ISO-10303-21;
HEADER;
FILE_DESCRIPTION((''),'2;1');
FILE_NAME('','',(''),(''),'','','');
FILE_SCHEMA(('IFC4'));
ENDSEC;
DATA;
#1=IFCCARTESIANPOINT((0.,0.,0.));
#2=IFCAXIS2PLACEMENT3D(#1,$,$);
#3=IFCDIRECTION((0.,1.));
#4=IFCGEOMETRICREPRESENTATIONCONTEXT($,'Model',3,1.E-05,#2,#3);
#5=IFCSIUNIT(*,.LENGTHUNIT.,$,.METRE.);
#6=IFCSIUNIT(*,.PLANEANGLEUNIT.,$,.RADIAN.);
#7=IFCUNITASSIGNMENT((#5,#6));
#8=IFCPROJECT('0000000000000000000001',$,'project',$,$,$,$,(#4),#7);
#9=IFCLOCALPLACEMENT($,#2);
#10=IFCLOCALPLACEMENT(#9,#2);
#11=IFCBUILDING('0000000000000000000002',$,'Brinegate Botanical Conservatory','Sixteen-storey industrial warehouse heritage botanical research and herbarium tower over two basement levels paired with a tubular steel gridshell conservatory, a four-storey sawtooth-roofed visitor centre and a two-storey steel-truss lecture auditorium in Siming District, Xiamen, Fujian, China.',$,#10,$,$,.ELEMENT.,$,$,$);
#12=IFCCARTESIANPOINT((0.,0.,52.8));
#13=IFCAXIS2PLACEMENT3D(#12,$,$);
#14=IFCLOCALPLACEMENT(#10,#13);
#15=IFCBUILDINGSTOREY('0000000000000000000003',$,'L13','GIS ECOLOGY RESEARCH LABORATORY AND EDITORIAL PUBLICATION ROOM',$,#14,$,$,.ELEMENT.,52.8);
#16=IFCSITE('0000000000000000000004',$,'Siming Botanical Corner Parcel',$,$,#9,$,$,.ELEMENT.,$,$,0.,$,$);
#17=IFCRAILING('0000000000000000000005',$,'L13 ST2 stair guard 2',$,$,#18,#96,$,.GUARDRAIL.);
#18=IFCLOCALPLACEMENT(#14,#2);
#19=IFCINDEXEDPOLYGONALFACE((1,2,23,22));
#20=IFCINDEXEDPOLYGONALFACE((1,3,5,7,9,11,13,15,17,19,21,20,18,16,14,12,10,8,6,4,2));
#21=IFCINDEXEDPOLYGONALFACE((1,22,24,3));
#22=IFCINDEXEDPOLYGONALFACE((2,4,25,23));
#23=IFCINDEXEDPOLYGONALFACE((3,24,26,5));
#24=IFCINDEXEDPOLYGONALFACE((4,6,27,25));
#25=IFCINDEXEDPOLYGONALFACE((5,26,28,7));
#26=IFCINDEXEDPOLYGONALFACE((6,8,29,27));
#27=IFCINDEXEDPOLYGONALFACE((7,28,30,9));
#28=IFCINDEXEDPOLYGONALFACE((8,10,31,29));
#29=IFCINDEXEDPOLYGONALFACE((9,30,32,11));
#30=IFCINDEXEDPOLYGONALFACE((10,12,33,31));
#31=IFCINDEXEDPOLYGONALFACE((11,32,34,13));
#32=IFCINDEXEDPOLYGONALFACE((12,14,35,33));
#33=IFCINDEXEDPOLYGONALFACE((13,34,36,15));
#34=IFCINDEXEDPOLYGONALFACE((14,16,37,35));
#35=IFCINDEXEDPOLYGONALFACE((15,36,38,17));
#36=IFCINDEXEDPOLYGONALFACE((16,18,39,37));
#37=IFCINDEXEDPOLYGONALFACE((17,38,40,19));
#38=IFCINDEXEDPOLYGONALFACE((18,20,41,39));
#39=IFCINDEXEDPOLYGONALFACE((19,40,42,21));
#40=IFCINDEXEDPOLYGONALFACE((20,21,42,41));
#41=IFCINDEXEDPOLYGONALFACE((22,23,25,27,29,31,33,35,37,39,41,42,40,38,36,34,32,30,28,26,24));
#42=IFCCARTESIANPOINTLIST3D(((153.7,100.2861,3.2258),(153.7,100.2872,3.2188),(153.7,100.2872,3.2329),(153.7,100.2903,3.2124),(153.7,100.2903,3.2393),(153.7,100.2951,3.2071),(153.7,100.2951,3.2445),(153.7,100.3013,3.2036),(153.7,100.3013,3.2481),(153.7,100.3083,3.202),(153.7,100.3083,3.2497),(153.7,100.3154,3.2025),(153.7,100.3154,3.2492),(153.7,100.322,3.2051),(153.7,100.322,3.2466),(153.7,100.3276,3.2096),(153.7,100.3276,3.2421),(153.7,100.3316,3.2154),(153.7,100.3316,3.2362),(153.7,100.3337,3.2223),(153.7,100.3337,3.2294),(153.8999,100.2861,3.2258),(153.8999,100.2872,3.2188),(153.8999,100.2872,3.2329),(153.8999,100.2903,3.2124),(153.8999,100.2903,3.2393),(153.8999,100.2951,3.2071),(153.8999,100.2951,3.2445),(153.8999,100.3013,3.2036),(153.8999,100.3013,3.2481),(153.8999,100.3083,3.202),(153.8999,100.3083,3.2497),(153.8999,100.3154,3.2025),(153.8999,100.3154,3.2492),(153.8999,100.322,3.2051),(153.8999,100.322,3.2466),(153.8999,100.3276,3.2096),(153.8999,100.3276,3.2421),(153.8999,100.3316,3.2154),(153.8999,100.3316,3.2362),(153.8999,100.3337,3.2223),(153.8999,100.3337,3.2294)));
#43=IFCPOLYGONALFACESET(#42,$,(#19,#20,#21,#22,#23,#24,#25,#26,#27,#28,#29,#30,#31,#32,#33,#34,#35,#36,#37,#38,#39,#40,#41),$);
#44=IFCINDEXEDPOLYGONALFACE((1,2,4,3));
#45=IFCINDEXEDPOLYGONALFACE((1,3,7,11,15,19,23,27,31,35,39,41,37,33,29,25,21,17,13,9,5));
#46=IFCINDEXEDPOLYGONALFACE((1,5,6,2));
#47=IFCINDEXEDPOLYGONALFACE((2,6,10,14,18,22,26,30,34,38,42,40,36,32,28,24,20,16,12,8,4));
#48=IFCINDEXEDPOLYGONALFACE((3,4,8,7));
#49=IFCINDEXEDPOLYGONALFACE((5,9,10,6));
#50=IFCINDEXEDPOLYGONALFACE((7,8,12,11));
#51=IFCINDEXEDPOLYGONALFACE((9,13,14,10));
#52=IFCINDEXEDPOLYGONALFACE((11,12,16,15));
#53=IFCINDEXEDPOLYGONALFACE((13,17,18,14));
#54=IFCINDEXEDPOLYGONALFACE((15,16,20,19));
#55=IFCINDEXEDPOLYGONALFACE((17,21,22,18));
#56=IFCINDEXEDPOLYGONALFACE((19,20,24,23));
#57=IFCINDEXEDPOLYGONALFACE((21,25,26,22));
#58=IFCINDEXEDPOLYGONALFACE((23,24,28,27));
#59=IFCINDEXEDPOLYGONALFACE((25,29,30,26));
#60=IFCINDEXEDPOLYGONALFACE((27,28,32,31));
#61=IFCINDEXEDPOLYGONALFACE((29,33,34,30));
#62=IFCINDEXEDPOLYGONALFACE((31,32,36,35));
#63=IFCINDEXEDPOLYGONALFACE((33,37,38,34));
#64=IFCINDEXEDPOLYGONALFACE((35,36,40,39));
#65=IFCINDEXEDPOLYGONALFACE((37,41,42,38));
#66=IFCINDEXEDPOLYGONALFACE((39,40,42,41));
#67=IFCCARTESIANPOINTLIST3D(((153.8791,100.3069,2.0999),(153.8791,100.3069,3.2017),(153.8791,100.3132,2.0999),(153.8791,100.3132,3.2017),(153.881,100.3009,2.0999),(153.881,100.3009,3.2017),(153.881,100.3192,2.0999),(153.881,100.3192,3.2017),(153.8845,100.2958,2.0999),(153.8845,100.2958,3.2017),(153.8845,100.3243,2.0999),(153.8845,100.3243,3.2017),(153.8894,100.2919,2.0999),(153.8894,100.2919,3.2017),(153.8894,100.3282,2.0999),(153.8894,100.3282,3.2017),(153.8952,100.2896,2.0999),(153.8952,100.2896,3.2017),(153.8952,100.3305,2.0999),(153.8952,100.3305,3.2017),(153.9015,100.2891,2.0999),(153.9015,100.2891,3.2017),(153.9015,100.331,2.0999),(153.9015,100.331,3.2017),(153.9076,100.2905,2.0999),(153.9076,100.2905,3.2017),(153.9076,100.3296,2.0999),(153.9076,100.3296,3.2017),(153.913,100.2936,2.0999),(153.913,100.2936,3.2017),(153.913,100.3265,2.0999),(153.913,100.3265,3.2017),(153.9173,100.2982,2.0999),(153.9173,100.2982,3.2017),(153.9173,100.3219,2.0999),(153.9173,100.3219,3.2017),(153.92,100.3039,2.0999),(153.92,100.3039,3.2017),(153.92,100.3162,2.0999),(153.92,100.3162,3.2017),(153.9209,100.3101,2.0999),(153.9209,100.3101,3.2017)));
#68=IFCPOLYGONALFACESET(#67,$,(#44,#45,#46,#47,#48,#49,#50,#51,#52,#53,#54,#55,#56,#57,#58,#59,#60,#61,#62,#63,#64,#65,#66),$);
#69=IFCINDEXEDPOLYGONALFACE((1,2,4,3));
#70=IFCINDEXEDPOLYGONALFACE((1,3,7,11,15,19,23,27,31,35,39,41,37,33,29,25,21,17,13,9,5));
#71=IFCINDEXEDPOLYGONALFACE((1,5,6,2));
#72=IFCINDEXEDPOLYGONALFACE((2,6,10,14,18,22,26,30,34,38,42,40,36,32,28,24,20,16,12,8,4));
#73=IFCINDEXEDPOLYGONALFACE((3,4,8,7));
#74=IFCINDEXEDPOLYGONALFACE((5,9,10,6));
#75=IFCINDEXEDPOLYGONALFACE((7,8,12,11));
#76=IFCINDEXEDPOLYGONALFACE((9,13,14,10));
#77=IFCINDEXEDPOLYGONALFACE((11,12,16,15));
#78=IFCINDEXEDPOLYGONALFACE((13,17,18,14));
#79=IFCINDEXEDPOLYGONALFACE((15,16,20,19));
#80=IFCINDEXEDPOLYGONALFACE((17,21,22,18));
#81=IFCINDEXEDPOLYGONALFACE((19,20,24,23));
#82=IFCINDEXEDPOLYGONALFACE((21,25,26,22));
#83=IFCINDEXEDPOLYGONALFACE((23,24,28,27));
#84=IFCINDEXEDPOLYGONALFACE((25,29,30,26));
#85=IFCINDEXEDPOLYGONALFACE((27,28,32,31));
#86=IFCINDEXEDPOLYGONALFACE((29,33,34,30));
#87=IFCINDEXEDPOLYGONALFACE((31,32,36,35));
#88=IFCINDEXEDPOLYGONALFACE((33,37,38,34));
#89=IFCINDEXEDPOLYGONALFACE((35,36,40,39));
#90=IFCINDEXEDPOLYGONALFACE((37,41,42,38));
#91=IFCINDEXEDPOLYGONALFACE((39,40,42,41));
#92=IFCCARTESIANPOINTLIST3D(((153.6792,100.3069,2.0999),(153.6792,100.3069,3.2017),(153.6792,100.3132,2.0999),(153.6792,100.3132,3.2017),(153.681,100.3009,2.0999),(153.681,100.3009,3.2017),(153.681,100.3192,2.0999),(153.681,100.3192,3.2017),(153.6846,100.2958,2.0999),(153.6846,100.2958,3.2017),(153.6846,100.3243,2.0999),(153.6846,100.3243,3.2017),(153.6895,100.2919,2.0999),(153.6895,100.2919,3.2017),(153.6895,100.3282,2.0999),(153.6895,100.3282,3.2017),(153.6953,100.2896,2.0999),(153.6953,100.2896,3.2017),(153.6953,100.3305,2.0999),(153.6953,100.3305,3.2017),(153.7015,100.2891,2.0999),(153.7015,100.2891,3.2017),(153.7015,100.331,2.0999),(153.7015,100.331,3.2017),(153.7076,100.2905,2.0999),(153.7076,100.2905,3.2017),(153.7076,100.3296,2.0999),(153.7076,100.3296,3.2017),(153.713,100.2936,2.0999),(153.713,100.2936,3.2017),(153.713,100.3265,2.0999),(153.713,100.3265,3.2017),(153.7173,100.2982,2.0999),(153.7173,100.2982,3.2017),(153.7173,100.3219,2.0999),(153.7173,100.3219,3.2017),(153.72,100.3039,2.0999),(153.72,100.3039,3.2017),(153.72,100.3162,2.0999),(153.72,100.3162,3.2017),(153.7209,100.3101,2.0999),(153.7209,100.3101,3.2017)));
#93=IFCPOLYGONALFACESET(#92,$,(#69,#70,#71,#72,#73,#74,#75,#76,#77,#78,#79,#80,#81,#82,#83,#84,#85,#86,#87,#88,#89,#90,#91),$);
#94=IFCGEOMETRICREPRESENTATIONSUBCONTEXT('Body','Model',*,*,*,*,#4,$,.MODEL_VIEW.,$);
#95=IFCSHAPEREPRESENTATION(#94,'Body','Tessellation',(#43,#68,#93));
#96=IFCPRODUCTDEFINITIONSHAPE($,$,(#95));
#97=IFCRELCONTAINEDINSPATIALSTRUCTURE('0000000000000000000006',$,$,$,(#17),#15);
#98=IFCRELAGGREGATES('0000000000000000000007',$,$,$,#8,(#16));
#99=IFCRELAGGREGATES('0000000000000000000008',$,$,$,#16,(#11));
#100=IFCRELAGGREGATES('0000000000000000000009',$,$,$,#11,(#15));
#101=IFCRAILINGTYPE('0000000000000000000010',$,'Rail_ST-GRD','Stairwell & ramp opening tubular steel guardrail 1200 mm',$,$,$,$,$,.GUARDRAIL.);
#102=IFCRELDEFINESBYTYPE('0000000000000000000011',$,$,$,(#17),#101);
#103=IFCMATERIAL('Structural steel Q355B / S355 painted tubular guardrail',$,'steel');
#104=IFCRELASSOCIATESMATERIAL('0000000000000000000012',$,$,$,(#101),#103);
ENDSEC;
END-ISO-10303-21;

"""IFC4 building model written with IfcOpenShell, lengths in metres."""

from ifc_helpers import new_model, si_unit, direction, frame, origin, origin_2d, place, context, subcontext, project, spatial, circle, extrude, material, type_object, element, save


model = new_model("IFC4")

# Units and contexts
model_context = context("Model", 3, precision=1e-05, world=origin(), true_north=direction((0.0, 1.0)))
body_context = subcontext(model_context, "Body", "Model", "MODEL_VIEW")
ifc_project = project(units=[si_unit("LENGTHUNIT", "METRE"), si_unit("PLANEANGLEUNIT", "RADIAN")], contexts=[model_context])

# Site, building, storey
site_placement = place(None, origin())
site = spatial("IfcSite", under=ifc_project, at=site_placement, Name="Siming Botanical Corner Parcel", CompositionType="ELEMENT", RefElevation=0.0)
building_placement = place(site_placement, origin())
building = spatial("IfcBuilding", under=site, at=building_placement, Name="Brinegate Botanical Conservatory", Description="Sixteen-storey industrial warehouse heritage botanical research and herbarium tower over two basement levels paired with a tubular steel gridshell conservatory, a four-storey sawtooth-roofed visitor centre and a two-storey steel-truss lecture auditorium in Siming District, Xiamen, Fujian, China.", CompositionType="ELEMENT")
storey_placement = place(building_placement, frame((0.0, 0.0, 52.8)))
storey = spatial("IfcBuildingStorey", under=building, at=storey_placement, Name="L13", Description="GIS ECOLOGY RESEARCH LABORATORY AND EDITORIAL PUBLICATION ROOM", CompositionType="ELEMENT", Elevation=52.8)

# Railing
ifc_material_1 = material(Name="Structural steel Q355B / S355 painted tubular guardrail", Category="steel")
railing_type_1 = type_object("IfcRailingType", Name="Rail_ST-GRD", Description="Stairwell & ramp opening tubular steel guardrail 1200 mm", PredefinedType="GUARDRAIL", material=ifc_material_1)
railing_1_placement = place(storey_placement, frame((153.8999, 100.3101, 2.0999)))
element("IfcRailing", 1, at=railing_1_placement, inside=storey, type_object=railing_type_1, Name="L13 ST2 stair guard 2", PredefinedType="GUARDRAIL", context=body_context, shape_type="SweptSolid", body=[
    extrude(circle(Radius=0.0239, at=origin_2d()), frame((0.0, 0.0, 1.126), z_axis=(-1.0, 0.0, 0.0), x_axis=(0.0, -1.0, 0.0)), (0.0, 0.0, 1.0), 0.2),
    extrude(circle(Radius=0.021, at=origin_2d()), origin(), (0.0, 0.0, 1.0), 1.1018),
    extrude(circle(Radius=0.021, at=origin_2d()), frame((-0.2, 0.0, 0.0)), (0.0, 0.0, 1.0), 1.1018),
])

save(model, "model.ifc")
